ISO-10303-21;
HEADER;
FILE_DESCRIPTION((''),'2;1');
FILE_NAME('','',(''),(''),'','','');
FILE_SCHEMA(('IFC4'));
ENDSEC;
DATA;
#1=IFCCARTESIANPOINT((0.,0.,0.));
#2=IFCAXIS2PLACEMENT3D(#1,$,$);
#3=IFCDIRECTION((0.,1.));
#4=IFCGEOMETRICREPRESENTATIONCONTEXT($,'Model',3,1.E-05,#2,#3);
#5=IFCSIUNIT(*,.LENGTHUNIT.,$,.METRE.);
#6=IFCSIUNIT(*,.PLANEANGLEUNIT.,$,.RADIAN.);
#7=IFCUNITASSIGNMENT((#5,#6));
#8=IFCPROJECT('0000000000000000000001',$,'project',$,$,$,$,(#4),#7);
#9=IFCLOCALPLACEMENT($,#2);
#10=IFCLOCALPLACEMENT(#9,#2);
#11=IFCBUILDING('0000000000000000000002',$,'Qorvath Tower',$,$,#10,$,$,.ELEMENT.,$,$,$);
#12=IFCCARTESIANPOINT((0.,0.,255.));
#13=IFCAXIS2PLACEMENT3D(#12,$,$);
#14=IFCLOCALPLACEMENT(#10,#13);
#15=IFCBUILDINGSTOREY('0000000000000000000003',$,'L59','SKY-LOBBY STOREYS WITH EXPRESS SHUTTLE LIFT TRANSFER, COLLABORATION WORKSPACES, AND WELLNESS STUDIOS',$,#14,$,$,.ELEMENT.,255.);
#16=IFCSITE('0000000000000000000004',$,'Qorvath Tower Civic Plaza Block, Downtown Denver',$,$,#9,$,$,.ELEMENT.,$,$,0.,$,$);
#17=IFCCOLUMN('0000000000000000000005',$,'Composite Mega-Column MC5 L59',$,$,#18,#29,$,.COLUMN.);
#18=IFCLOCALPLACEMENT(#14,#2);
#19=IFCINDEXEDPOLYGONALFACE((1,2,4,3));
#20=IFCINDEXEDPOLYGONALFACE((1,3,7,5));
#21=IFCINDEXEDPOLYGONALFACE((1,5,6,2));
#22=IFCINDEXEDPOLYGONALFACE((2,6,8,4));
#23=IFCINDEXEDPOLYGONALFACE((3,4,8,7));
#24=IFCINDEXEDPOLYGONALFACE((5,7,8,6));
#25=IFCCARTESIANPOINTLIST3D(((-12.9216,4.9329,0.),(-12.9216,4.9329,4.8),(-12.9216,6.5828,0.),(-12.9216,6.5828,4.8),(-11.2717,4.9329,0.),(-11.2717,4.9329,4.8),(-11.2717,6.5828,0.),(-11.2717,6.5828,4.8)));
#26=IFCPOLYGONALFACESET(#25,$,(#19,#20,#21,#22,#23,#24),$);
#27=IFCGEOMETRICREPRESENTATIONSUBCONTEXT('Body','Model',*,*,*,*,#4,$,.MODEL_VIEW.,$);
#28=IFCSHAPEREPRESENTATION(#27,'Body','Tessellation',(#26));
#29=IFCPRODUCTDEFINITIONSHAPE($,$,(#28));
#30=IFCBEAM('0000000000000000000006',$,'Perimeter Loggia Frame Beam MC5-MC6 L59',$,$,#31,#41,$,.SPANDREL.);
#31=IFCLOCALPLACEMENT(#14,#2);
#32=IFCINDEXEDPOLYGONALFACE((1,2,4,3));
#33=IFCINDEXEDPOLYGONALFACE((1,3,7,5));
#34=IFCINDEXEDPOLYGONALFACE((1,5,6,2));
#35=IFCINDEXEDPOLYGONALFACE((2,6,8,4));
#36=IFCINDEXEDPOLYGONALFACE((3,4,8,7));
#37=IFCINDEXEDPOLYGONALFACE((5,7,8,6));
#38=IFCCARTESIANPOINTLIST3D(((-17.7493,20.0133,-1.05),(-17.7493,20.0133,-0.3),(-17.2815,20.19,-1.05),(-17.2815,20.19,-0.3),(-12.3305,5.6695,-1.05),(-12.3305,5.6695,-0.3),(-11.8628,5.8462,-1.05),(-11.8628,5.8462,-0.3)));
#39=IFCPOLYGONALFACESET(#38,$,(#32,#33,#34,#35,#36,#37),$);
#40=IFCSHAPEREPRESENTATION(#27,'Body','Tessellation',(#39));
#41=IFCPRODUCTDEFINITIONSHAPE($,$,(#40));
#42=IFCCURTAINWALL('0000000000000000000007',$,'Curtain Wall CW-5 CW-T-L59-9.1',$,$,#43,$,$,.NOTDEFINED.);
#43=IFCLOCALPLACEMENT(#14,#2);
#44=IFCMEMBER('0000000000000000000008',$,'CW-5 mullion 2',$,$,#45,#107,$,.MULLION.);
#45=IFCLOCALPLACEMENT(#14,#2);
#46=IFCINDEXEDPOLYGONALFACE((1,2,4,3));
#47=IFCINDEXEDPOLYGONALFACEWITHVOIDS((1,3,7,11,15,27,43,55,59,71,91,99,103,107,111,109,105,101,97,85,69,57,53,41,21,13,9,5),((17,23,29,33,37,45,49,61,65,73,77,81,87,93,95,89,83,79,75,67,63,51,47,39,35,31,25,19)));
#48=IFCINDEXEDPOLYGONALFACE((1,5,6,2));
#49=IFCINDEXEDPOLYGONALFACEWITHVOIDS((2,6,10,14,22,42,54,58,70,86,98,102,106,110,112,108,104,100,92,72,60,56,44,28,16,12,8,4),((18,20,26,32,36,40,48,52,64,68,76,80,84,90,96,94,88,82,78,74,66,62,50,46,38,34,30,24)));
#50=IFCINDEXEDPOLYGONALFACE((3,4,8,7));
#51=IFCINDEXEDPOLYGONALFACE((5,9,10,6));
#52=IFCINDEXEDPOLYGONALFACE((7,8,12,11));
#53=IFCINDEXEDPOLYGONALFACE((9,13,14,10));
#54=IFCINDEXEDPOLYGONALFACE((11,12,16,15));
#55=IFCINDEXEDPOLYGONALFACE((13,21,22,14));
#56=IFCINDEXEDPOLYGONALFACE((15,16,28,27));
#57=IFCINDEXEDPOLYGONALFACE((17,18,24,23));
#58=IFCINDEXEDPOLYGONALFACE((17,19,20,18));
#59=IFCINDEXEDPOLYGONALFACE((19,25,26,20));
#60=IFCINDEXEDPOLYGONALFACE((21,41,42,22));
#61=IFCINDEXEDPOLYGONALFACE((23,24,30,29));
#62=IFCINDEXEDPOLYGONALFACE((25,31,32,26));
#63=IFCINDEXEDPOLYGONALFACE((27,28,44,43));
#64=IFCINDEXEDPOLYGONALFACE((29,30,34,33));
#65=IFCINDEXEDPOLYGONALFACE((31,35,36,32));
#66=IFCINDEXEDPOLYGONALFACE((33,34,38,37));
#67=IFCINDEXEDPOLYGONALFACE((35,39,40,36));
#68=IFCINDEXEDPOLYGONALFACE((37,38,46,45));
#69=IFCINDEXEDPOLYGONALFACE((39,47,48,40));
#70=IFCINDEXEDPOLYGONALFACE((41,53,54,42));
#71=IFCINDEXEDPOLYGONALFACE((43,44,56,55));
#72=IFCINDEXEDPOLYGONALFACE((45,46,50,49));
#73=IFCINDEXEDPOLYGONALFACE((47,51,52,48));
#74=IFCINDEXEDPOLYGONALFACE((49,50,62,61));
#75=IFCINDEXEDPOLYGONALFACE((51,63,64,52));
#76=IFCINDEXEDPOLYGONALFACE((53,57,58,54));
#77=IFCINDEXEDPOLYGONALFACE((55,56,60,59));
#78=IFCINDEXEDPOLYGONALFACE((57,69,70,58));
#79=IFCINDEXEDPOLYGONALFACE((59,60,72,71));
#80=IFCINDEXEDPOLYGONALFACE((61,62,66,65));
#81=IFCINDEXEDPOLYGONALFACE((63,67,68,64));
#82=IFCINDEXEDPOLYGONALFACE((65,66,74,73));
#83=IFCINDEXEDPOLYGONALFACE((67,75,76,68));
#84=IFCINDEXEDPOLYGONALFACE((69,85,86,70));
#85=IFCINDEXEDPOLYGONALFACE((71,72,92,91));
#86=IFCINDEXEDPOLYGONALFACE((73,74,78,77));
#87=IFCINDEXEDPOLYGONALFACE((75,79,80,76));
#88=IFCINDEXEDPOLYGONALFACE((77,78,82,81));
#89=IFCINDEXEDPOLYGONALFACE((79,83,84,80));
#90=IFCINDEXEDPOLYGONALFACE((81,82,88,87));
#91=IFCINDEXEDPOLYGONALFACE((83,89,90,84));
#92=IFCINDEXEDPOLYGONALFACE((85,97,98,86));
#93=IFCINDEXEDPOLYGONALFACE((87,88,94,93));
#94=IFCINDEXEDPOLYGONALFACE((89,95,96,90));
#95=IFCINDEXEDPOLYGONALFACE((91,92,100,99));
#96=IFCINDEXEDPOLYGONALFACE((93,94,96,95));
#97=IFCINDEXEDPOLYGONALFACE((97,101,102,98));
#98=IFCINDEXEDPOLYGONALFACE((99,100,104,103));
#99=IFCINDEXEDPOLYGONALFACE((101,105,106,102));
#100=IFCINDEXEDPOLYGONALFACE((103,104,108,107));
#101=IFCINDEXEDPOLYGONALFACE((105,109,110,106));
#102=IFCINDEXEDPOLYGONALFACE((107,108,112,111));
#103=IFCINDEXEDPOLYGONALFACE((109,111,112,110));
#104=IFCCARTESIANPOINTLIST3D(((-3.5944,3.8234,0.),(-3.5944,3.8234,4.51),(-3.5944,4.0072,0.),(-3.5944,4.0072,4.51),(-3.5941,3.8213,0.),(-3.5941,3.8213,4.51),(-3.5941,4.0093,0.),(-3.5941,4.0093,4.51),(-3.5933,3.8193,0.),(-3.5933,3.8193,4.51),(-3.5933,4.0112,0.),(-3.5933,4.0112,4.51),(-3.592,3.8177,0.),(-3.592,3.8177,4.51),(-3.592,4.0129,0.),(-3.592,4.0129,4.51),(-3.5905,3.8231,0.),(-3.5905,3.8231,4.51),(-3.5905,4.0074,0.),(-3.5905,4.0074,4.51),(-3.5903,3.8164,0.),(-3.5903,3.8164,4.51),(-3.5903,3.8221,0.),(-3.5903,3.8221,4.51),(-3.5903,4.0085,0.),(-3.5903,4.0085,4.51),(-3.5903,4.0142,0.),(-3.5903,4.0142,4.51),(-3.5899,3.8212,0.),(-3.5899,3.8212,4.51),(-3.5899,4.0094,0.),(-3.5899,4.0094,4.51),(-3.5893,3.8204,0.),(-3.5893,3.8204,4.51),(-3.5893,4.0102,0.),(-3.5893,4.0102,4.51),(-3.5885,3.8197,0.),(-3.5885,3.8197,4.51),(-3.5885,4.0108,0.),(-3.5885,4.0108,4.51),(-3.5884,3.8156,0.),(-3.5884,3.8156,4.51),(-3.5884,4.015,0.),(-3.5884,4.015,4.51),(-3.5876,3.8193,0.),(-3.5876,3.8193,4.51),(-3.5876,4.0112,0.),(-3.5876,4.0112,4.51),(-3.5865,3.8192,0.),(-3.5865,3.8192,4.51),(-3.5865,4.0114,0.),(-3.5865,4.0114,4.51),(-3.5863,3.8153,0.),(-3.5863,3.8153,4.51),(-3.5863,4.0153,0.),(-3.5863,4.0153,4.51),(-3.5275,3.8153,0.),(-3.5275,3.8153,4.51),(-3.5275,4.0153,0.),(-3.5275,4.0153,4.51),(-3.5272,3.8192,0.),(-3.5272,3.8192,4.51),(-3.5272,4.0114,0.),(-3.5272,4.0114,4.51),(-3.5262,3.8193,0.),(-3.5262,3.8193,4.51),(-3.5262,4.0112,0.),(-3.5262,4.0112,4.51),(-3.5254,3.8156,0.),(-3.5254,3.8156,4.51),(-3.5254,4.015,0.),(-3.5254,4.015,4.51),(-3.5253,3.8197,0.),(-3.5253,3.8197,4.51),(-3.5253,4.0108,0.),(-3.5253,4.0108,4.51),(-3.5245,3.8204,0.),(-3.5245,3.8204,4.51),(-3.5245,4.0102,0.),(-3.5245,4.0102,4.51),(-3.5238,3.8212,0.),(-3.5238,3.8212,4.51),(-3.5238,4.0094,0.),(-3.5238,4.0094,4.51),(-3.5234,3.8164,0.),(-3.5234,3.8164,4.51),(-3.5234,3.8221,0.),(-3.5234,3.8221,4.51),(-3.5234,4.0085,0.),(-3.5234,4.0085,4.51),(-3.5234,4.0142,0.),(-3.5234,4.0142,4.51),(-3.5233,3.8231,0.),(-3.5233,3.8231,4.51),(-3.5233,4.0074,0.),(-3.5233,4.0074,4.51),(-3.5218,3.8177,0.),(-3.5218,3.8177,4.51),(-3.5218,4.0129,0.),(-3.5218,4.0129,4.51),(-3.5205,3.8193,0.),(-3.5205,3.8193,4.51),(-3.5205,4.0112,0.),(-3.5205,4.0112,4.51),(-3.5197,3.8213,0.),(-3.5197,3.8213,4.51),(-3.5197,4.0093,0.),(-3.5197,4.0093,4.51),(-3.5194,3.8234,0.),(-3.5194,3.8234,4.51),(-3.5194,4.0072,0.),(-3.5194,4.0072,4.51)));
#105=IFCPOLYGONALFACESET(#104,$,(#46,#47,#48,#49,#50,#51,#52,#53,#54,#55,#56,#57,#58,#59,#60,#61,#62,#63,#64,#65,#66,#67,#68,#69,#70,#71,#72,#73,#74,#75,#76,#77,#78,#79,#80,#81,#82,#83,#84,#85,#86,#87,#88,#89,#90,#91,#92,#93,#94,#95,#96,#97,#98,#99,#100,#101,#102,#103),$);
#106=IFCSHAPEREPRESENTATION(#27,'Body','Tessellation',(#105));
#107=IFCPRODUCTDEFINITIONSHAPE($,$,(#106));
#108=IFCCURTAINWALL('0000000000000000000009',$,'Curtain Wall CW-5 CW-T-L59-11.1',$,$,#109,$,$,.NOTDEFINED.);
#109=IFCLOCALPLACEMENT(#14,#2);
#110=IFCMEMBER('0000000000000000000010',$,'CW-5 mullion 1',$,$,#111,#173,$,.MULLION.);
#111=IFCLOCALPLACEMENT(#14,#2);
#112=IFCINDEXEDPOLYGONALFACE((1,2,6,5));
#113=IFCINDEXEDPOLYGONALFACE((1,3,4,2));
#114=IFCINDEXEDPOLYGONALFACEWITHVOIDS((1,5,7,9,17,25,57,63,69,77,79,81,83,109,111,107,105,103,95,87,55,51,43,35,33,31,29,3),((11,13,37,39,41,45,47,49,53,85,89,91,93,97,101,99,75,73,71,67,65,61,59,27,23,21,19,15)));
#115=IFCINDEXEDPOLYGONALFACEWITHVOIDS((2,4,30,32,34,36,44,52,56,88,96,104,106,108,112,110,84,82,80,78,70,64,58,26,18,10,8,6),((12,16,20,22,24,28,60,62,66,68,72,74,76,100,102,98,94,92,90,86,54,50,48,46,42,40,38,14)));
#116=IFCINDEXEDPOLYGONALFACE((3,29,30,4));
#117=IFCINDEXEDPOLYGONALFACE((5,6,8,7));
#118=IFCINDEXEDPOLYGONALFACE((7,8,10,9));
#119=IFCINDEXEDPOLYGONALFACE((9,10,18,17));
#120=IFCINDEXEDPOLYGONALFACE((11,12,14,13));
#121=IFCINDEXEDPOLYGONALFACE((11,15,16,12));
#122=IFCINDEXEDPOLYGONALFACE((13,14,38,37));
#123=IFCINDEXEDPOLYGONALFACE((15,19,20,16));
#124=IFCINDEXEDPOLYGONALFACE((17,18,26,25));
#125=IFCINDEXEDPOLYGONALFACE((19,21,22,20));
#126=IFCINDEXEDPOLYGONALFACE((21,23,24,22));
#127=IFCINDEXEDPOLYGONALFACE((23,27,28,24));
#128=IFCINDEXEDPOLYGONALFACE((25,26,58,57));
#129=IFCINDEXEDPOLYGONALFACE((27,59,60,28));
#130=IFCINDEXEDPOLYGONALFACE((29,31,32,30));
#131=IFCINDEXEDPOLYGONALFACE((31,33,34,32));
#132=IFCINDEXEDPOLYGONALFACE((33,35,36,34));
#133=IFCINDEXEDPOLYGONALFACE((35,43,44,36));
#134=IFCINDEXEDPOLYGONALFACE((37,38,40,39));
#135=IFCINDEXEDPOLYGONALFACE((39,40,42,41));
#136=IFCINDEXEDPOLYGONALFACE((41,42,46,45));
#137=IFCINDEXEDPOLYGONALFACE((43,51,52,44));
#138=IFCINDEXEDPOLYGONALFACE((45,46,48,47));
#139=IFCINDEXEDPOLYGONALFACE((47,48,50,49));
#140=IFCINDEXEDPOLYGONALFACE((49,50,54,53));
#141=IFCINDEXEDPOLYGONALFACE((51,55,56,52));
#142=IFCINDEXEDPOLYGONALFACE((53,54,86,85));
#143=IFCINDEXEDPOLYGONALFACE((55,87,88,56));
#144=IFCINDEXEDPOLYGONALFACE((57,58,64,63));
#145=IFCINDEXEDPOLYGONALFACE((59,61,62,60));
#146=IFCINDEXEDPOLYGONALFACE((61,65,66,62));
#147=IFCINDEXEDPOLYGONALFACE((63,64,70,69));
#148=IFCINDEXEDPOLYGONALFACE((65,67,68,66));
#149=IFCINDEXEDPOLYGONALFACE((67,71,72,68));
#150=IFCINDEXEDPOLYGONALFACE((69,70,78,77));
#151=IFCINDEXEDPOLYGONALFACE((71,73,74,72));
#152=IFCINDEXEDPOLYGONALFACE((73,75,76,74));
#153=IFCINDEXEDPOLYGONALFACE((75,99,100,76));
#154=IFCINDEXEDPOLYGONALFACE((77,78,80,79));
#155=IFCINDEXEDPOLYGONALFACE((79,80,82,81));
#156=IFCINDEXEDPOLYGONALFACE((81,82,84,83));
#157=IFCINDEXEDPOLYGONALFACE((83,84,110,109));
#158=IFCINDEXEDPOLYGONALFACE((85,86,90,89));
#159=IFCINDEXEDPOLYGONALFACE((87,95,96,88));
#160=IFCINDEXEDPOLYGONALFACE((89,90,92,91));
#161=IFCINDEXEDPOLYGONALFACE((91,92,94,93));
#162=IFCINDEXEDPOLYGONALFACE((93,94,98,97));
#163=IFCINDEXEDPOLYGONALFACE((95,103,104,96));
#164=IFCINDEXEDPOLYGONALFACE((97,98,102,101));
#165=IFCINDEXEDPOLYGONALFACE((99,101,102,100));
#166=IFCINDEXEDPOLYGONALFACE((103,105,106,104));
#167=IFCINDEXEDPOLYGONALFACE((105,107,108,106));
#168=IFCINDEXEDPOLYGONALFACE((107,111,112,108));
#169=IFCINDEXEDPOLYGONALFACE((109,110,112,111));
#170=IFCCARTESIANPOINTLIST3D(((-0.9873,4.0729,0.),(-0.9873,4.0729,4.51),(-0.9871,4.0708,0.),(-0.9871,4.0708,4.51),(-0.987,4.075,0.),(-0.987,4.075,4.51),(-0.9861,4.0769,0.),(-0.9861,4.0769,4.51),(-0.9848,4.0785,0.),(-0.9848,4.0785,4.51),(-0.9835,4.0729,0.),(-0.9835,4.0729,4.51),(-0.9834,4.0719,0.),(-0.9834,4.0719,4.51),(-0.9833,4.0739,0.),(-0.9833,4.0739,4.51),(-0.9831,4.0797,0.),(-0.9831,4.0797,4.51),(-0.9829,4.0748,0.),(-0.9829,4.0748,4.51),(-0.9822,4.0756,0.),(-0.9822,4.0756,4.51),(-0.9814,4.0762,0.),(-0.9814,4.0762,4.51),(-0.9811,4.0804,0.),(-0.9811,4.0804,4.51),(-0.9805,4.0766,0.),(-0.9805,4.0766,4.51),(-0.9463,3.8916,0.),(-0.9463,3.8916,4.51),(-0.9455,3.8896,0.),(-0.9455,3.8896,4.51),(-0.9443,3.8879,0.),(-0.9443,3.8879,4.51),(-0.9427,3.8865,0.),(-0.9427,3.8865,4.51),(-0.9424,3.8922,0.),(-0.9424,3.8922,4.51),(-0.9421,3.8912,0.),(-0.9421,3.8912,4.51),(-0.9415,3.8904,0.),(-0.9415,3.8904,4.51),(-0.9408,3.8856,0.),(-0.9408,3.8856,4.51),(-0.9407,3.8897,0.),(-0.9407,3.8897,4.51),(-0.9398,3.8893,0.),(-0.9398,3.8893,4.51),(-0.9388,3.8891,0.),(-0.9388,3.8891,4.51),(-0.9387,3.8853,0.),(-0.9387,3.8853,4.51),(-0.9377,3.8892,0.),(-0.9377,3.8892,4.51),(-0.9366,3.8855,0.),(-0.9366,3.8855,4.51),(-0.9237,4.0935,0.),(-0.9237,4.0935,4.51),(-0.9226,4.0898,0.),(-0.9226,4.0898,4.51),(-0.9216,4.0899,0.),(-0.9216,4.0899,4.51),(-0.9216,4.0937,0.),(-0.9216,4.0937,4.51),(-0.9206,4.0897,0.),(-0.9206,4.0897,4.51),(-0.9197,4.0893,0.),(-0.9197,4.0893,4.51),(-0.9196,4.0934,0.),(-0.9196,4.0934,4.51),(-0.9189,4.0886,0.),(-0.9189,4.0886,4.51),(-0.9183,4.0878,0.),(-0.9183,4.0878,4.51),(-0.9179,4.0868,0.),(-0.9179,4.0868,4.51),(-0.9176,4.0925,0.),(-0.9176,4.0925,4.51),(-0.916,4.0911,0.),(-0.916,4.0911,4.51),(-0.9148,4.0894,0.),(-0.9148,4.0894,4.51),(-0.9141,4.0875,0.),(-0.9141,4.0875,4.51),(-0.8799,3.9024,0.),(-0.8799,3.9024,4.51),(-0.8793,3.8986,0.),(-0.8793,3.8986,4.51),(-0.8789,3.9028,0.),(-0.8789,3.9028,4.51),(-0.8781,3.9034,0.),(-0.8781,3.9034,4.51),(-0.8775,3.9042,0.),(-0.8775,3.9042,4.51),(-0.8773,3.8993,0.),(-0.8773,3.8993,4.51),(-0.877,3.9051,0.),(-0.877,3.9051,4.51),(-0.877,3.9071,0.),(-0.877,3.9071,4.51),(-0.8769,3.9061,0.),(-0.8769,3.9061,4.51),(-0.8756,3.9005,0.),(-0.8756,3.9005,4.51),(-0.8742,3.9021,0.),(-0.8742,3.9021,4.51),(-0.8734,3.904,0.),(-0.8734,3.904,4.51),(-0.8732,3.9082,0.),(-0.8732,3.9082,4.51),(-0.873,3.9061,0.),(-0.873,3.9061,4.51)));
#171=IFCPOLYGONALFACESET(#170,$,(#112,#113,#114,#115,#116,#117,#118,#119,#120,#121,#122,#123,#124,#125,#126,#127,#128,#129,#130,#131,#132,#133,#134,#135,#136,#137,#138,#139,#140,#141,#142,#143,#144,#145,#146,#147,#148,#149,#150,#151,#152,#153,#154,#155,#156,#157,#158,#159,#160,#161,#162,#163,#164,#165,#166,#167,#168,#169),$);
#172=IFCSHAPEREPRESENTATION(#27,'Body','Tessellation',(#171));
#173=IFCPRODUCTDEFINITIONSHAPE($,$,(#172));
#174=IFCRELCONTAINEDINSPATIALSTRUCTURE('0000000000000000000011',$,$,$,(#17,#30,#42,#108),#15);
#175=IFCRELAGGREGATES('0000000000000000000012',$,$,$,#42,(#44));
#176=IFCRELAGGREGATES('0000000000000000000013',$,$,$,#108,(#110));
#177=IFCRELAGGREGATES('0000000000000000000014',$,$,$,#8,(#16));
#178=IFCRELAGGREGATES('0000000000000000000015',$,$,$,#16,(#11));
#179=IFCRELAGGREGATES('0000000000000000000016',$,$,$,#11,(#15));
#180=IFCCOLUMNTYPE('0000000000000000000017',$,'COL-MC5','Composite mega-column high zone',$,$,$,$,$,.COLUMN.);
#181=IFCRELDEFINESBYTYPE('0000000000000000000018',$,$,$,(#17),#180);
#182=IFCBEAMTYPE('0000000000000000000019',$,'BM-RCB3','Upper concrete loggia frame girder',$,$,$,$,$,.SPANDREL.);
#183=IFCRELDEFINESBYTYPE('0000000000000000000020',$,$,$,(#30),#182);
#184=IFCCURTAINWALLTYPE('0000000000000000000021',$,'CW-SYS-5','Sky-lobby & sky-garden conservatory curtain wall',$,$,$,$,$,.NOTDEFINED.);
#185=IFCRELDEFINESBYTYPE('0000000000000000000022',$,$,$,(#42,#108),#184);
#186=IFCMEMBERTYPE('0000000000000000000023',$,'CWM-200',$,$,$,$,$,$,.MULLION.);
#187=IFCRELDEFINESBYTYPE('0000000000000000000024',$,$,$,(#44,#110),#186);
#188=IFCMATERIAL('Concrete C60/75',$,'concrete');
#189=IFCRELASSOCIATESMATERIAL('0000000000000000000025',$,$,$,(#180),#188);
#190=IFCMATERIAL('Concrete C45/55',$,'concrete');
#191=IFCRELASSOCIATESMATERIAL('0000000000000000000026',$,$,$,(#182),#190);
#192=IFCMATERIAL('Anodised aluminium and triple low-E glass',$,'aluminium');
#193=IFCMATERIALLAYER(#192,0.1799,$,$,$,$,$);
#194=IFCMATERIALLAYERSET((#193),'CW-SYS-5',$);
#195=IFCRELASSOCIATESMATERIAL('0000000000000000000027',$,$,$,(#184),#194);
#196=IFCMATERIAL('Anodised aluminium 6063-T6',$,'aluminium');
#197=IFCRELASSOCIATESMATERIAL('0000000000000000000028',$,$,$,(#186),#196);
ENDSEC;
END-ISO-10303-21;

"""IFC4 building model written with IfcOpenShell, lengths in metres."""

from ifc_helpers import new_model, si_unit, direction, frame, origin, origin_2d, place, context, subcontext, project, spatial, rectangle, hollow_rectangle, extrude, material, layer, layer_set, material_profile, profile_set, type_object, element, aggregate, save


model = new_model("IFC4")

# Units and contexts
model_context = context("Model", 3, precision=1e-05, world=origin(), true_north=direction((0.0, 1.0)))
body_context = subcontext(model_context, "Body", "Model", "MODEL_VIEW")
ifc_project = project(units=[si_unit("LENGTHUNIT", "METRE"), si_unit("PLANEANGLEUNIT", "RADIAN")], contexts=[model_context])

# Site, building, storey
site_placement = place(None, origin())
site = spatial("IfcSite", under=ifc_project, at=site_placement, Name="Qorvath Tower Civic Plaza Block, Downtown Denver", CompositionType="ELEMENT", RefElevation=0.0)
building_placement = place(site_placement, origin())
building = spatial("IfcBuilding", under=site, at=building_placement, Name="Qorvath Tower", CompositionType="ELEMENT")
storey_placement = place(building_placement, frame((0.0, 0.0, 255.0)))
storey = spatial("IfcBuildingStorey", under=building, at=storey_placement, Name="L59", Description="SKY-LOBBY STOREYS WITH EXPRESS SHUTTLE LIFT TRANSFER, COLLABORATION WORKSPACES, AND WELLNESS STUDIOS", CompositionType="ELEMENT", Elevation=255.0)

# Column
ifc_material_1 = material(Name="Concrete C60/75", Category="concrete")
ifc_material_profile_1 = material_profile(ifc_material_1, rectangle(XDim=1.6499, YDim=1.6499, at=origin_2d()), Name="MC 1650x1650")
ifc_profile_set_1 = profile_set([ifc_material_profile_1], Name="Concrete C60/75")
column_type = type_object("IfcColumnType", Name="COL-MC5", Description="Composite mega-column high zone", PredefinedType="COLUMN", material=ifc_profile_set_1)
column_placement = place(storey_placement, frame((-12.0967, 5.7578, 0.0), z_axis=(0.0, 0.0, 1.0), x_axis=(1.0, 0.0, 0.0)))
element("IfcColumn", 1, at=column_placement, inside=storey, type_object=column_type, Name="Composite Mega-Column MC5 L59", PredefinedType="COLUMN", context=body_context, shape_type="SweptSolid", body=[
    extrude(rectangle(XDim=1.6499, YDim=1.6499, at=origin_2d()), origin(), (0.0, 0.0, 1.0), 4.8),
])

# Beam
ifc_material_2 = material(Name="Concrete C45/55", Category="concrete")
ifc_material_profile_2 = material_profile(ifc_material_2, rectangle(XDim=0.5, YDim=0.75, at=origin_2d()), Name="RCB 750x500")
ifc_profile_set_2 = profile_set([ifc_material_profile_2], Name="Concrete C45/55")
beam_type = type_object("IfcBeamType", Name="BM-RCB3", Description="Upper concrete loggia frame girder", PredefinedType="SPANDREL", material=ifc_profile_set_2)
beam_placement = place(storey_placement, frame((-12.0967, 5.7578, -0.675), z_axis=(-0.353398, 0.935473, 0.0), x_axis=(-0.935473, -0.353398, 0.0)))
element("IfcBeam", 2, at=beam_placement, inside=storey, type_object=beam_type, Name="Perimeter Loggia Frame Beam MC5-MC6 L59", PredefinedType="SPANDREL", context=body_context, shape_type="SweptSolid", body=[
    extrude(rectangle(XDim=0.5, YDim=0.75, at=origin_2d()), origin(), (0.0, 0.0, 1.0), 15.3333),
])

# Curtain wall, member
ifc_material_3 = material(Name="Anodised aluminium and triple low-E glass", Category="aluminium")
ifc_layer_1 = layer(ifc_material_3, 0.1799)
ifc_layer_set_1 = layer_set([ifc_layer_1], Name="CW-SYS-5")
curtain_wall_type = type_object("IfcCurtainWallType", Name="CW-SYS-5", Description="Sky-lobby & sky-garden conservatory curtain wall", PredefinedType="NOTDEFINED", material=ifc_layer_set_1)
curtain_wall_1_placement = place(storey_placement, origin())
curtain_wall_1 = element("IfcCurtainWall", 3, at=curtain_wall_1_placement, inside=storey, type_object=curtain_wall_type, Name="Curtain Wall CW-5 CW-T-L59-9.1", PredefinedType="NOTDEFINED")
ifc_material_4 = material(Name="Anodised aluminium 6063-T6", Category="aluminium")
ifc_material_profile_3 = material_profile(ifc_material_4, hollow_rectangle(XDim=0.075, YDim=0.2, WallThickness=0.0039, InnerFilletRadius=0.0039, OuterFilletRadius=0.0081, at=origin_2d()), Name="CWM 200x75")
ifc_profile_set_3 = profile_set([ifc_material_profile_3], Name="Anodised aluminium 6063-T6")
member_type_1 = type_object("IfcMemberType", Name="CWM-200", PredefinedType="MULLION", material=ifc_profile_set_3)
member_1_placement = place(storey_placement, frame((-3.5569, 3.9153, 0.0), z_axis=(0.0, 0.0, 1.0), x_axis=(-1.0, 0.0, 0.0)))
member_1 = element("IfcMember", 4, at=member_1_placement, type_object=member_type_1, Name="CW-5 mullion 2", PredefinedType="MULLION", context=body_context, shape_type="SweptSolid", body=[
    extrude(hollow_rectangle(XDim=0.075, YDim=0.2, WallThickness=0.0039, InnerFilletRadius=0.0039, OuterFilletRadius=0.0081, at=origin_2d()), origin(), (0.0, 0.0, 1.0), 4.51),
])
aggregate(curtain_wall_1, [member_1])

# Curtain wall, member
curtain_wall_2_placement = place(storey_placement, origin())
curtain_wall_2 = element("IfcCurtainWall", 5, at=curtain_wall_2_placement, inside=storey, type_object=curtain_wall_type, Name="Curtain Wall CW-5 CW-T-L59-11.1", PredefinedType="NOTDEFINED")
member_2_placement = place(storey_placement, frame((-0.9302, 3.9895, 0.0), z_axis=(0.0, 0.0, 1.0), x_axis=(-0.974971, -0.222331, 0.0)))
member_2 = element("IfcMember", 6, at=member_2_placement, type_object=member_type_1, Name="CW-5 mullion 1", PredefinedType="MULLION", context=body_context, shape_type="SweptSolid", body=[
    extrude(hollow_rectangle(XDim=0.075, YDim=0.2, WallThickness=0.0039, InnerFilletRadius=0.0039, OuterFilletRadius=0.0081, at=origin_2d()), origin(), (0.0, 0.0, 1.0), 4.51),
])

aggregate(curtain_wall_2, [member_2])

save(model, "model.ifc")
